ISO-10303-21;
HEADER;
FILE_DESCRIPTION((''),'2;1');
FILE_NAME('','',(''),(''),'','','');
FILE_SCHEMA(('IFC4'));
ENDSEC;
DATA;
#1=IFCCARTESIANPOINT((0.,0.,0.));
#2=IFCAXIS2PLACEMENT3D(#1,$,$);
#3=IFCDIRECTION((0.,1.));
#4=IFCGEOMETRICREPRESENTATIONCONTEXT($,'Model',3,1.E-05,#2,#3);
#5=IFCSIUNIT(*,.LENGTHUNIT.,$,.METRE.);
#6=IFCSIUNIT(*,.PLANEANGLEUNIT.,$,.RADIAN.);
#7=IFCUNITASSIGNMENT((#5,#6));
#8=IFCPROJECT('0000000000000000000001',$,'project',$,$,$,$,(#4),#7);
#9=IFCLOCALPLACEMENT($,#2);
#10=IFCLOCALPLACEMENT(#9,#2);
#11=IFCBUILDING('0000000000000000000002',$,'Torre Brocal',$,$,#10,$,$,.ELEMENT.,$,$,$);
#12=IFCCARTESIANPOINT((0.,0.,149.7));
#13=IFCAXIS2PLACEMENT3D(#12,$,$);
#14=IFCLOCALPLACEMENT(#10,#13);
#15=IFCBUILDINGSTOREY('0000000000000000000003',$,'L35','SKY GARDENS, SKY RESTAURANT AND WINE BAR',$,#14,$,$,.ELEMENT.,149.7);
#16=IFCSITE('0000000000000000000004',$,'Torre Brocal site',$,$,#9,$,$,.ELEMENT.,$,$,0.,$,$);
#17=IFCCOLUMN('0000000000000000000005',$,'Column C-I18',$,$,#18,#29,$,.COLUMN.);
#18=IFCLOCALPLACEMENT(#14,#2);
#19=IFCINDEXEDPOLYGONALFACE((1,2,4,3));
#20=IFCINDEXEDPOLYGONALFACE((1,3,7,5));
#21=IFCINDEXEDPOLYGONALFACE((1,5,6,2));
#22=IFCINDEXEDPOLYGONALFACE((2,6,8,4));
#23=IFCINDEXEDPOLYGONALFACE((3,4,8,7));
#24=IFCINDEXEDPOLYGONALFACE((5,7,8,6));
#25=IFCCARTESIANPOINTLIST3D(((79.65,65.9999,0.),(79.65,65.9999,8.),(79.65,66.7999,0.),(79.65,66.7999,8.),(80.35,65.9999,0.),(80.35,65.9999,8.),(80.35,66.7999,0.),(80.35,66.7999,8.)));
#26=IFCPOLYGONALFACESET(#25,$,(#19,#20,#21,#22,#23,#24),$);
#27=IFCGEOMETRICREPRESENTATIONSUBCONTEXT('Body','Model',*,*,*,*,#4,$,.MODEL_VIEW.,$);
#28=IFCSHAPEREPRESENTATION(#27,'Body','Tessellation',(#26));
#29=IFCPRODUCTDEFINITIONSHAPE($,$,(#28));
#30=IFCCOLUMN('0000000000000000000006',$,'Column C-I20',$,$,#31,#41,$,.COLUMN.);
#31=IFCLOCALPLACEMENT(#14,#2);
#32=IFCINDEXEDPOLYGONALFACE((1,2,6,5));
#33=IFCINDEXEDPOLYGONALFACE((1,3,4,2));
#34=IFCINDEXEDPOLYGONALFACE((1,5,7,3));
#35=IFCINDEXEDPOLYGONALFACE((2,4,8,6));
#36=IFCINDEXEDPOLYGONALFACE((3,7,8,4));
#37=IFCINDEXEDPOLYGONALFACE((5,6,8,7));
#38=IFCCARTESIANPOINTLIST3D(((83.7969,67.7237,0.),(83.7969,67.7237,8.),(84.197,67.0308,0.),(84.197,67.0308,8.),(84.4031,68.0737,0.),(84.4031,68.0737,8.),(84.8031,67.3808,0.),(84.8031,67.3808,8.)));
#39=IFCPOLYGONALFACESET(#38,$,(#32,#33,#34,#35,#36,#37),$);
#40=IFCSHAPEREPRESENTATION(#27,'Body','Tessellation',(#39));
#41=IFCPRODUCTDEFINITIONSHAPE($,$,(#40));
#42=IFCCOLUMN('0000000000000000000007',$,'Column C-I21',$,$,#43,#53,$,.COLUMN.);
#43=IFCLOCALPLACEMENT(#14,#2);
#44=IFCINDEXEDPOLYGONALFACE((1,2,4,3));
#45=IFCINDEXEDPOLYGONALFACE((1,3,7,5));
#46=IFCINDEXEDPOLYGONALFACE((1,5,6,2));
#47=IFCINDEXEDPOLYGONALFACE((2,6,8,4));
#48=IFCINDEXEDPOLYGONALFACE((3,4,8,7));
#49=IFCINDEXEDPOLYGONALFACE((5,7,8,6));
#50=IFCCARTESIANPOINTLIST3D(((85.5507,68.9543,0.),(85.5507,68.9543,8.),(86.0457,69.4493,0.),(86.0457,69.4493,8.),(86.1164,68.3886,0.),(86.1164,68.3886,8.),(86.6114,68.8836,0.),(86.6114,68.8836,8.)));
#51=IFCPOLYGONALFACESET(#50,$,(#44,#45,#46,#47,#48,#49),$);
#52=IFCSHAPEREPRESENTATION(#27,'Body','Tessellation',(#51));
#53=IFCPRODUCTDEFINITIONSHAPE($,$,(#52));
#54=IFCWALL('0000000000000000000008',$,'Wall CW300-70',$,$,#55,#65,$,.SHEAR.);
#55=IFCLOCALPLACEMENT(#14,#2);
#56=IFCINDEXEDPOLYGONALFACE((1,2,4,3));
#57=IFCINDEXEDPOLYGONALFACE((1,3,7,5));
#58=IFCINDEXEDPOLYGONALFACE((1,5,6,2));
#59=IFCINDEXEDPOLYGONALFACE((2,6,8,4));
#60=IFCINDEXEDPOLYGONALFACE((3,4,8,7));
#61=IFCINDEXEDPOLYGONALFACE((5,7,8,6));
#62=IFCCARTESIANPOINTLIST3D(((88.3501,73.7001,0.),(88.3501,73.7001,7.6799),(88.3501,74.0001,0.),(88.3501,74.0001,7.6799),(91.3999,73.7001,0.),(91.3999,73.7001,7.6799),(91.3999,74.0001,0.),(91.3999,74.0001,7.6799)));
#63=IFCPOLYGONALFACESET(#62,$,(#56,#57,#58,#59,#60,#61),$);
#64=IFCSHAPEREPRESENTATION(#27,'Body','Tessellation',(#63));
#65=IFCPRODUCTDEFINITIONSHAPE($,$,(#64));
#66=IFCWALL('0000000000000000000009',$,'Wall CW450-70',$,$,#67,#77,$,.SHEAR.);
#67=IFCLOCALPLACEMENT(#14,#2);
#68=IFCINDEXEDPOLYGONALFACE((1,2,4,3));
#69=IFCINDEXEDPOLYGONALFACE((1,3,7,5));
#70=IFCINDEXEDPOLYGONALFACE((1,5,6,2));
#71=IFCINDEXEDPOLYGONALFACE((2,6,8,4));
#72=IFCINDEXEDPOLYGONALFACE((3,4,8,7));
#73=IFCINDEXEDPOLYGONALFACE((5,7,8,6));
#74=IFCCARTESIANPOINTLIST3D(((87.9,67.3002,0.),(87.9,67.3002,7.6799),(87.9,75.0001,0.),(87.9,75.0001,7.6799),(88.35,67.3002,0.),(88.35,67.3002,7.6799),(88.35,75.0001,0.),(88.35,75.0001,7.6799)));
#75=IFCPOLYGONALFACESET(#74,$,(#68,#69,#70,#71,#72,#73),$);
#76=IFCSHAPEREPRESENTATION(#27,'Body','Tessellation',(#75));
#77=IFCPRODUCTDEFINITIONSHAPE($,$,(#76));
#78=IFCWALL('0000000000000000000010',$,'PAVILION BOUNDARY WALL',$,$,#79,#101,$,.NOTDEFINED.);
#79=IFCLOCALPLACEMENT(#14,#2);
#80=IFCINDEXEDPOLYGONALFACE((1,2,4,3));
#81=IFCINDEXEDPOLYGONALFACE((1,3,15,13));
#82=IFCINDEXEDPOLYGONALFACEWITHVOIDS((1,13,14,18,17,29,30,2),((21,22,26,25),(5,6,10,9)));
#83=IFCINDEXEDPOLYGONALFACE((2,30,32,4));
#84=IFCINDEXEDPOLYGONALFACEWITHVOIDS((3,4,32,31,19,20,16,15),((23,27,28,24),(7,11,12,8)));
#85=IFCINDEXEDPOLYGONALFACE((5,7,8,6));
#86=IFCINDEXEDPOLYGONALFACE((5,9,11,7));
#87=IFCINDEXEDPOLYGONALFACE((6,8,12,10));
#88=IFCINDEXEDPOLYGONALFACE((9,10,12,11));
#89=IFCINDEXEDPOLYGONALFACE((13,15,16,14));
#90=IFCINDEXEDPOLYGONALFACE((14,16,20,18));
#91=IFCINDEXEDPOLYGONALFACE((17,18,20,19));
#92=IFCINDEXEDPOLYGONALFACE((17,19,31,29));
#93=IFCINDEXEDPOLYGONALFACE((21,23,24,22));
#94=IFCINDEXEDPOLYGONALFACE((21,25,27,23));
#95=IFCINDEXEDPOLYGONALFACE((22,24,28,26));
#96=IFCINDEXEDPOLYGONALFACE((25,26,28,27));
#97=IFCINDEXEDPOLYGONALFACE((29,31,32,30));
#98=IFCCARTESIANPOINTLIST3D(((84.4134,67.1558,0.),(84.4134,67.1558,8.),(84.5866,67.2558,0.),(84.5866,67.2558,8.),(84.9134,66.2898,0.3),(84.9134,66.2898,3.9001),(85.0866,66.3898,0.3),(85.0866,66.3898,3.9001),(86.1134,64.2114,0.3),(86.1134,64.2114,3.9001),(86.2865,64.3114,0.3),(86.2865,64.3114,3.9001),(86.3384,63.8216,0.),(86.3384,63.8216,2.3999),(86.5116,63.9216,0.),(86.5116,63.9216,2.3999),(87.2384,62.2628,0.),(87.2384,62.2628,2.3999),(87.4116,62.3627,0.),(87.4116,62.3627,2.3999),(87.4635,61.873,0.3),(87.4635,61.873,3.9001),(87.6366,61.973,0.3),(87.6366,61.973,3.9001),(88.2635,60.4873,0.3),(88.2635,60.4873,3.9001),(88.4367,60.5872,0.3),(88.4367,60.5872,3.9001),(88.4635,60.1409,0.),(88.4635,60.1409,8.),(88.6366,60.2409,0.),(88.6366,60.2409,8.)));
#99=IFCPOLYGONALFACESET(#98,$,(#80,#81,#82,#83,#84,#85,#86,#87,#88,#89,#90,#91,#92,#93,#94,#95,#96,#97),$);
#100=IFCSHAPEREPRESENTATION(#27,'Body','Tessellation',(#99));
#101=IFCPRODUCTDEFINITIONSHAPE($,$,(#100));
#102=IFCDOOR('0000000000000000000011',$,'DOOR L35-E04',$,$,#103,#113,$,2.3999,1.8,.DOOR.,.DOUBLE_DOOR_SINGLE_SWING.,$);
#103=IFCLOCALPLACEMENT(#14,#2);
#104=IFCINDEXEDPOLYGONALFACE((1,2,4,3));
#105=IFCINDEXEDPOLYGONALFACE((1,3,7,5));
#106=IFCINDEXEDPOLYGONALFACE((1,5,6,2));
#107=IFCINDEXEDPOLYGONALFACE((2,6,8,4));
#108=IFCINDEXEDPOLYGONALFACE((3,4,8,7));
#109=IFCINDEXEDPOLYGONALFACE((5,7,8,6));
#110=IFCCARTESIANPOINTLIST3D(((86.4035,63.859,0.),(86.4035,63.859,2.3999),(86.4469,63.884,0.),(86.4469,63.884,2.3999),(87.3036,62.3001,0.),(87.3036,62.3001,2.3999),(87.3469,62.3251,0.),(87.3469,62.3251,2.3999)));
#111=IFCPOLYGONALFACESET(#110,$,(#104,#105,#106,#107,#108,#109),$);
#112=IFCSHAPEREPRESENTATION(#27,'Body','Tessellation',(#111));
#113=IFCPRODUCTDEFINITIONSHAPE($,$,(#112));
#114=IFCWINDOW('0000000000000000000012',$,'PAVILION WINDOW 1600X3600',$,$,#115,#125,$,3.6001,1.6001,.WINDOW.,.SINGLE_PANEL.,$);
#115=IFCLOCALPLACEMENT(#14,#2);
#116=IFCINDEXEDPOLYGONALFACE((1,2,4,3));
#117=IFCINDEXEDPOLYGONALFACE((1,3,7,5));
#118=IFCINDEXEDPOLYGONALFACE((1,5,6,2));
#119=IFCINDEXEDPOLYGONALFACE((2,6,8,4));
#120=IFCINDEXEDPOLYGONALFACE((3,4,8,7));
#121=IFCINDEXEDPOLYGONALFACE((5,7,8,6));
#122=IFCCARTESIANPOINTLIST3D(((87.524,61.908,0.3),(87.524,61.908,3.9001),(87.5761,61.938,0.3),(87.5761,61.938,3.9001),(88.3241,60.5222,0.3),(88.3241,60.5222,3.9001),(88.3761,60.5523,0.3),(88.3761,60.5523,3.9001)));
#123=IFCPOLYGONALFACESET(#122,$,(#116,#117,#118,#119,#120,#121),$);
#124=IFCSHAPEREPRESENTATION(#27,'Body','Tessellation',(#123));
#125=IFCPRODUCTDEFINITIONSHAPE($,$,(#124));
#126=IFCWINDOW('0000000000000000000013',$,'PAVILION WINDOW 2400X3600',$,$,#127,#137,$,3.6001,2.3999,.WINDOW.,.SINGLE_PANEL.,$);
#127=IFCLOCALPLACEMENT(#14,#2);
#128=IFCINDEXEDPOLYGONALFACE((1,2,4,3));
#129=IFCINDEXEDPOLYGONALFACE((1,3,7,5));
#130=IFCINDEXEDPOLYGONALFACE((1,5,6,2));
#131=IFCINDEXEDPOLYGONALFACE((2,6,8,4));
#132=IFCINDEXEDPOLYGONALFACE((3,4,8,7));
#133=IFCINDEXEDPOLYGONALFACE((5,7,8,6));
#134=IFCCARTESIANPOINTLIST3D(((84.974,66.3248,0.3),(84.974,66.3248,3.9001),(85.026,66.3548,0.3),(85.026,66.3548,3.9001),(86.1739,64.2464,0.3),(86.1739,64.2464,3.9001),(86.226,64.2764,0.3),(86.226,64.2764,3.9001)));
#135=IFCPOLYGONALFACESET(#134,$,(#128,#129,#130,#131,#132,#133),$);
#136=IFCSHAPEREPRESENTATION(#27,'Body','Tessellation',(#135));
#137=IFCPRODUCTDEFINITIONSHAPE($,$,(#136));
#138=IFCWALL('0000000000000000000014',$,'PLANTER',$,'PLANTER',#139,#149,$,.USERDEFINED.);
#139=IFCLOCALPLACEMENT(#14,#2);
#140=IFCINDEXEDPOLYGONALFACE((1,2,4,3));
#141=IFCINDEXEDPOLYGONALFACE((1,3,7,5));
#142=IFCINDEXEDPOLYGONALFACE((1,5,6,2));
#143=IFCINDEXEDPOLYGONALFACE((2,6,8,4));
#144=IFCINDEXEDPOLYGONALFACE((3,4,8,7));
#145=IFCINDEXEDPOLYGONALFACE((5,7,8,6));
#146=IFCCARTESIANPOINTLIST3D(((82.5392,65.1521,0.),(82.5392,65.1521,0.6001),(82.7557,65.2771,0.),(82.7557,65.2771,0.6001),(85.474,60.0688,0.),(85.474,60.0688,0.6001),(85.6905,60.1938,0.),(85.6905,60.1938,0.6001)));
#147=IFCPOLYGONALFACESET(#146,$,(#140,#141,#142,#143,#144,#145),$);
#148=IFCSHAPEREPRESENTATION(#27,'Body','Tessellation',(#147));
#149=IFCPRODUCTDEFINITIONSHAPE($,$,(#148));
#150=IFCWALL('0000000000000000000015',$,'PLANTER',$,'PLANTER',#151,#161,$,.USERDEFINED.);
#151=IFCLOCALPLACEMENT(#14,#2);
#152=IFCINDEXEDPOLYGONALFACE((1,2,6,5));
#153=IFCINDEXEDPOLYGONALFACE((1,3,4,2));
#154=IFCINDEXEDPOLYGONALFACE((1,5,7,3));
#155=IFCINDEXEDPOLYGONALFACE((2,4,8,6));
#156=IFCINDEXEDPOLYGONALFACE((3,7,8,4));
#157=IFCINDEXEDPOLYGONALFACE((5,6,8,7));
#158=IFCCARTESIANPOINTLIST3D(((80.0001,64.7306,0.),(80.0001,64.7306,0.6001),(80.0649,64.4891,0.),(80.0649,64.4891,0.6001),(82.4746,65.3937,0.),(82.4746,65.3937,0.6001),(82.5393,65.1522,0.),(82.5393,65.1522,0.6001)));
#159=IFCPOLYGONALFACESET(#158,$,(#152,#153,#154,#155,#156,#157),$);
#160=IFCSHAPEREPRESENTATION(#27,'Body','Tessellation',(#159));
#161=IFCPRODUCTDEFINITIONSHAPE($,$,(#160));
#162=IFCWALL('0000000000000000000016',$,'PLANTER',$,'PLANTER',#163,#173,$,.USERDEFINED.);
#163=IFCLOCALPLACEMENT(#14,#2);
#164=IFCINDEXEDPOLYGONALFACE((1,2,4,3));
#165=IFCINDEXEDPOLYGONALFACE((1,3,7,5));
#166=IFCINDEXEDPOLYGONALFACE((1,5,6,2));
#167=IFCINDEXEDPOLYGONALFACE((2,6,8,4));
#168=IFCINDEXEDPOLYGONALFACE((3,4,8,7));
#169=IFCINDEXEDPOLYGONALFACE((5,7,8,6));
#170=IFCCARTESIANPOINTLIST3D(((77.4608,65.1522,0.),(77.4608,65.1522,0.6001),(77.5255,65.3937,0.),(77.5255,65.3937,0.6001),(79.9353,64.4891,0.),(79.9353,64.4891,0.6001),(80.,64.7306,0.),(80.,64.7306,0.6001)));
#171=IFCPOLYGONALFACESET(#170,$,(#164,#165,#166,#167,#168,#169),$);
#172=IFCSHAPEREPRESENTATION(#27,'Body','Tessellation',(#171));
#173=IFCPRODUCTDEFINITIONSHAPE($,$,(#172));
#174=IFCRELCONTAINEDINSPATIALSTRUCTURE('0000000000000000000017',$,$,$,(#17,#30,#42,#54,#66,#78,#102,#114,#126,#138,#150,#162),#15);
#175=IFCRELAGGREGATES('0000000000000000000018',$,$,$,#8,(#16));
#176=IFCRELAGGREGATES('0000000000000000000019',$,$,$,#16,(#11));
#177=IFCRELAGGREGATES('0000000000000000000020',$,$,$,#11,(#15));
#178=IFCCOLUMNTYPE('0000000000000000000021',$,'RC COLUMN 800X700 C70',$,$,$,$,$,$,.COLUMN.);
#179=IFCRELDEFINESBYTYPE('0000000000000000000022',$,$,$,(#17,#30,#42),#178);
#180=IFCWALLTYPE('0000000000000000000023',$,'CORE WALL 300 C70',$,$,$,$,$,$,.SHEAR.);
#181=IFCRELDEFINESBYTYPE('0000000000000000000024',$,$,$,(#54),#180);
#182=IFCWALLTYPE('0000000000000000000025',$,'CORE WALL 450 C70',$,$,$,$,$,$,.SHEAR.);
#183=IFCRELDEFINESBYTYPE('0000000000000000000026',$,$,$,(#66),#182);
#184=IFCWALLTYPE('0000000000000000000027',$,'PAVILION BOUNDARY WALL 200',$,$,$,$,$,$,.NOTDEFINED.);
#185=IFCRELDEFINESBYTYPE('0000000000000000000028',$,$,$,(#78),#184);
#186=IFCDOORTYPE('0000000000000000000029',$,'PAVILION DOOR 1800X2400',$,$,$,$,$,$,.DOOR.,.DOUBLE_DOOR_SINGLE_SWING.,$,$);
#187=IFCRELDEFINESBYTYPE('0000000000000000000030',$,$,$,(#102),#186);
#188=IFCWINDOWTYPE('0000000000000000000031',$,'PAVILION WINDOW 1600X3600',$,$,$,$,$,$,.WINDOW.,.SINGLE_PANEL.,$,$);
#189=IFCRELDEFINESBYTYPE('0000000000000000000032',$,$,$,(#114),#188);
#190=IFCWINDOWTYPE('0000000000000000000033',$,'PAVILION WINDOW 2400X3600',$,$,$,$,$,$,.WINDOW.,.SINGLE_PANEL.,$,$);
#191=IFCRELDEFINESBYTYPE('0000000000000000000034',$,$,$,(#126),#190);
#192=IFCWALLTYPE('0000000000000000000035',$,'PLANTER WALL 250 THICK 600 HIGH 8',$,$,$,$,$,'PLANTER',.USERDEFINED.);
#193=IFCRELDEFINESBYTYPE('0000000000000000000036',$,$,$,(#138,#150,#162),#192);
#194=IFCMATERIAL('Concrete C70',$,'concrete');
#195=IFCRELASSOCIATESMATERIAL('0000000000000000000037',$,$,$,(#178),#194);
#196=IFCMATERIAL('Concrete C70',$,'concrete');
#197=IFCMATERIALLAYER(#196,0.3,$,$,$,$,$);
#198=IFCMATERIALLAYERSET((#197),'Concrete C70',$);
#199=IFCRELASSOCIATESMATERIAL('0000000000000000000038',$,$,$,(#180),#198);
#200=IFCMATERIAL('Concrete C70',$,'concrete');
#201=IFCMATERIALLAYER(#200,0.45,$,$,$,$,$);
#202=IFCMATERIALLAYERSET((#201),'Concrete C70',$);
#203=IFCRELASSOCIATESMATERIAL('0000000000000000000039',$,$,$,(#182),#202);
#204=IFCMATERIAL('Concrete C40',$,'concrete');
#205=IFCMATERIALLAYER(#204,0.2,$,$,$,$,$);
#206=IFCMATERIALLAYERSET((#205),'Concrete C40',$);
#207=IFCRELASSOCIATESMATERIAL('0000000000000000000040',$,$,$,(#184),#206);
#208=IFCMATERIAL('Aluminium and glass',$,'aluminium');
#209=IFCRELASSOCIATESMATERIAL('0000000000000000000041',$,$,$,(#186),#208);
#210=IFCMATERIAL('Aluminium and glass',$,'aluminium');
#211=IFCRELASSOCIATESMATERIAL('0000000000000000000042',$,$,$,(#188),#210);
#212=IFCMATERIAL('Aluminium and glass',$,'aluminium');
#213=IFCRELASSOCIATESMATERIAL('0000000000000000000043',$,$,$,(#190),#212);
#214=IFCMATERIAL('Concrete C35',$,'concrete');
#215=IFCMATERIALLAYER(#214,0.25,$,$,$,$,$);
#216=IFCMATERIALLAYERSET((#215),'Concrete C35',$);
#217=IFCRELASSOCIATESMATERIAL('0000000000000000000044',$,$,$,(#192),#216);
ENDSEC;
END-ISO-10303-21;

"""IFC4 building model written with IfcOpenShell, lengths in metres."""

from ifc_helpers import new_model, si_unit, direction, frame, frame_2d, origin, origin_2d, place, context, subcontext, project, spatial, rectangle, extrude, material, layer, layer_set, material_profile, profile_set, type_object, element, fill, save


model = new_model("IFC4")

# Units and contexts
model_context = context("Model", 3, precision=1e-05, world=origin(), true_north=direction((0.0, 1.0)))
body_context = subcontext(model_context, "Body", "Model", "MODEL_VIEW")
ifc_project = project(units=[si_unit("LENGTHUNIT", "METRE"), si_unit("PLANEANGLEUNIT", "RADIAN")], contexts=[model_context])

# Site, building, storey
site_placement = place(None, origin())
site = spatial("IfcSite", under=ifc_project, at=site_placement, Name="Torre Brocal site", CompositionType="ELEMENT", RefElevation=0.0)
building_placement = place(site_placement, origin())
building = spatial("IfcBuilding", under=site, at=building_placement, Name="Torre Brocal", CompositionType="ELEMENT")
storey_placement = place(building_placement, frame((0.0, 0.0, 149.7)))
storey = spatial("IfcBuildingStorey", under=building, at=storey_placement, Name="L35", Description="SKY GARDENS, SKY RESTAURANT AND WINE BAR", CompositionType="ELEMENT", Elevation=149.7)

# Columns
ifc_material_1 = material(Name="Concrete C70", Category="concrete")
ifc_material_profile = material_profile(ifc_material_1, rectangle(XDim=0.8, YDim=0.7, at=origin_2d()), Name="RC 800X700")
ifc_profile_set = profile_set([ifc_material_profile], Name="Concrete C70")
column_type = type_object("IfcColumnType", Name="RC COLUMN 800X700 C70", PredefinedType="COLUMN", material=ifc_profile_set)
for number, where, z_axis, x_axis, name in (
    (1, (80.0, 66.3999, 0.0), (0.0, 0.0, 1.0), (0.0, -1.0, 0.0), "Column C-I18"),
    (2, (84.3, 67.5522, 0.0), (0.0, 0.0, 1.0), (0.5, -0.866025, 0.0), "Column C-I20"),
    (3, (86.0811, 68.9189, 0.0), (0.0, 0.0, 1.0), (0.707107, -0.707107, 0.0), "Column C-I21"),
):
    element("IfcColumn", number, at=place(storey_placement, frame(where, z_axis=z_axis, x_axis=x_axis)), inside=storey, type_object=column_type, Name=name, PredefinedType="COLUMN", context=body_context, shape_type="SweptSolid", body=[
        extrude(rectangle(XDim=0.8, YDim=0.7, at=origin_2d()), origin(), (0.0, 0.0, 1.0), 8.0),
    ])

# Walls
ifc_material_2 = material(Name="Concrete C70", Category="concrete")
ifc_layer_1 = layer(ifc_material_2, 0.3)
ifc_layer_set_1 = layer_set([ifc_layer_1], Name="Concrete C70")
wall_type_1 = type_object("IfcWallType", Name="CORE WALL 300 C70", PredefinedType="SHEAR", material=ifc_layer_set_1)
wall_1_placement = place(storey_placement, frame((88.3501, 73.8501, 0.0), z_axis=(0.0, 0.0, 1.0), x_axis=(1.0, 0.0, 0.0)))
element("IfcWall", 4, at=wall_1_placement, inside=storey, type_object=wall_type_1, Name="Wall CW300-70", PredefinedType="SHEAR", context=body_context, shape_type="SweptSolid", body=[
    extrude(rectangle(XDim=3.0498, YDim=0.3, at=frame_2d((1.5249, 0.0))), origin(), (0.0, 0.0, 1.0), 7.6799),
])
ifc_material_3 = material(Name="Concrete C70", Category="concrete")
ifc_layer_2 = layer(ifc_material_3, 0.45)
ifc_layer_set_2 = layer_set([ifc_layer_2], Name="Concrete C70")
wall_type_2 = type_object("IfcWallType", Name="CORE WALL 450 C70", PredefinedType="SHEAR", material=ifc_layer_set_2)
wall_2_placement = place(storey_placement, frame((88.125, 67.3, 0.0), z_axis=(0.0, 0.0, 1.0), x_axis=(0.0, 1.0, 0.0)))
element("IfcWall", 5, at=wall_2_placement, inside=storey, type_object=wall_type_2, Name="Wall CW450-70", PredefinedType="SHEAR", context=body_context, shape_type="SweptSolid", body=[
    extrude(rectangle(XDim=7.7, YDim=0.45, at=frame_2d((3.8501, 0.0))), origin(), (0.0, 0.0, 1.0), 7.6799),
])

# Wall, openings, door, windows
ifc_material_4 = material(Name="Concrete C40", Category="concrete")
ifc_layer_3 = layer(ifc_material_4, 0.2)
ifc_layer_set_3 = layer_set([ifc_layer_3], Name="Concrete C40")
wall_type_3 = type_object("IfcWallType", Name="PAVILION BOUNDARY WALL 200", PredefinedType="NOTDEFINED", material=ifc_layer_set_3)
wall_3_placement = place(storey_placement, frame((84.5, 67.2058, 0.0), z_axis=(0.0, 0.0, 1.0), x_axis=(0.5, -0.866025, 0.0)))
wall_3 = element("IfcWall", 6, at=wall_3_placement, inside=storey, type_object=wall_type_3, Name="PAVILION BOUNDARY WALL", PredefinedType="NOTDEFINED", context=body_context, shape_type="SweptSolid", body=[
    extrude(rectangle(XDim=8.1001, YDim=0.2, at=frame_2d((4.05, 0.0))), origin(), (0.0, 0.0, 1.0), 8.0),
])
opening_1_placement = place(wall_3_placement, frame((1.0, 0.0, 0.3)))
opening_1 = element("IfcOpeningElement", 7, at=opening_1_placement, cuts=wall_3, PredefinedType="OPENING", context=body_context, shape_type="SweptSolid", body=[
    extrude(rectangle(XDim=2.3999, YDim=3.6001, at=frame_2d((1.2, 1.8))), frame((0.0, 0.1099, 0.0), z_axis=(0.0, -1.0, 0.0), x_axis=(1.0, 0.0, 0.0)), (0.0, 0.0, 1.0), 0.22),
])
opening_2_placement = place(wall_3_placement, frame((3.8501, 0.0, 0.0)))
opening_2 = element("IfcOpeningElement", 8, at=opening_2_placement, cuts=wall_3, PredefinedType="OPENING", context=body_context, shape_type="SweptSolid", body=[
    extrude(rectangle(XDim=1.8, YDim=2.3999, at=frame_2d((0.8999, 1.2))), frame((0.0, 0.1099, 0.0), z_axis=(0.0, -1.0, 0.0), x_axis=(1.0, 0.0, 0.0)), (0.0, 0.0, 1.0), 0.22),
])
opening_3_placement = place(wall_3_placement, frame((6.1001, 0.0, 0.3)))
opening_3 = element("IfcOpeningElement", 9, at=opening_3_placement, cuts=wall_3, PredefinedType="OPENING", context=body_context, shape_type="SweptSolid", body=[
    extrude(rectangle(XDim=1.6001, YDim=3.6001, at=frame_2d((0.8, 1.8))), frame((0.0, 0.1099, 0.0), z_axis=(0.0, -1.0, 0.0), x_axis=(1.0, 0.0, 0.0)), (0.0, 0.0, 1.0), 0.22),
])
ifc_material_5 = material(Name="Aluminium and glass", Category="aluminium")
door_type_1 = type_object("IfcDoorType", Name="PAVILION DOOR 1800X2400", OperationType="DOUBLE_DOOR_SINGLE_SWING", PredefinedType="DOOR", material=ifc_material_5)
door_1_placement = place(opening_2_placement, frame((1.8, 0.0, 0.0), z_axis=(0.0, 0.0, 1.0), x_axis=(-1.0, 0.0, 0.0)))
door_1 = element("IfcDoor", 10, at=door_1_placement, inside=storey, type_object=door_type_1, Name="DOOR L35-E04", OperationType="DOUBLE_DOOR_SINGLE_SWING", OverallHeight=2.3999, OverallWidth=1.8, PredefinedType="DOOR", context=body_context, shape_type="SweptSolid", body=[
    extrude(rectangle(XDim=1.8, YDim=2.3999, at=frame_2d((0.8999, 1.2))), frame((0.0, 0.0249, 0.0), z_axis=(0.0, -1.0, 0.0), x_axis=(1.0, 0.0, 0.0)), (0.0, 0.0, 1.0), 0.05),
])
fill(opening_2, door_1)
ifc_material_6 = material(Name="Aluminium and glass", Category="aluminium")
window_type_1 = type_object("IfcWindowType", Name="PAVILION WINDOW 1600X3600", PartitioningType="SINGLE_PANEL", PredefinedType="WINDOW", material=ifc_material_6)
window_1_placement = place(opening_3_placement, origin())
window_1 = element("IfcWindow", 11, at=window_1_placement, inside=storey, type_object=window_type_1, Name="PAVILION WINDOW 1600X3600", OverallHeight=3.6001, OverallWidth=1.6001, PartitioningType="SINGLE_PANEL", PredefinedType="WINDOW", context=body_context, shape_type="SweptSolid", body=[
    extrude(rectangle(XDim=1.6001, YDim=3.6001, at=frame_2d((0.8, 1.8))), frame((0.0, 0.03, 0.0), z_axis=(0.0, -1.0, 0.0), x_axis=(1.0, 0.0, 0.0)), (0.0, 0.0, 1.0), 0.0601),
])
fill(opening_3, window_1)
ifc_material_7 = material(Name="Aluminium and glass", Category="aluminium")
window_type_2 = type_object("IfcWindowType", Name="PAVILION WINDOW 2400X3600", PartitioningType="SINGLE_PANEL", PredefinedType="WINDOW", material=ifc_material_7)
window_2_placement = place(opening_1_placement, origin())
window_2 = element("IfcWindow", 12, at=window_2_placement, inside=storey, type_object=window_type_2, Name="PAVILION WINDOW 2400X3600", OverallHeight=3.6001, OverallWidth=2.3999, PartitioningType="SINGLE_PANEL", PredefinedType="WINDOW", context=body_context, shape_type="SweptSolid", body=[
    extrude(rectangle(XDim=2.3999, YDim=3.6001, at=frame_2d((1.2, 1.8))), frame((0.0, 0.03, 0.0), z_axis=(0.0, -1.0, 0.0), x_axis=(1.0, 0.0, 0.0)), (0.0, 0.0, 1.0), 0.0601),
])
fill(opening_1, window_2)

# Walls
ifc_material_8 = material(Name="Concrete C35", Category="concrete")
ifc_layer_4 = layer(ifc_material_8, 0.25)
ifc_layer_set_4 = layer_set([ifc_layer_4], Name="Concrete C35")
wall_type_4 = type_object("IfcWallType", Name="PLANTER WALL 250 THICK 600 HIGH 8", ElementType="PLANTER", PredefinedType="USERDEFINED", material=ifc_layer_set_4)
wall_4_placement = place(storey_placement, frame((85.5823, 60.1313, 0.0), z_axis=(0.0, 0.0, 1.0), x_axis=(-0.5, 0.866026, 0.0)))
element("IfcWall", 13, at=wall_4_placement, inside=storey, type_object=wall_type_4, Name="PLANTER", ObjectType="PLANTER", PredefinedType="USERDEFINED", context=body_context, shape_type="SweptSolid", body=[
    extrude(rectangle(XDim=5.8696, YDim=0.25, at=frame_2d((2.9348, 0.0))), origin(), (0.0, 0.0, 1.0), 0.6001),
])
for number, where, z_axis, x_axis, name in (
    (14, (82.5068, 65.2729, 0.0), (0.0, 0.0, 1.0), (-0.965918, -0.258849, 0.0), "PLANTER"),
    (15, (79.9675, 64.6099, 0.0), (0.0, 0.0, 1.0), (-0.965918, 0.258849, 0.0), "PLANTER"),
):
    element("IfcWall", number, at=place(storey_placement, frame(where, z_axis=z_axis, x_axis=x_axis)), inside=storey, type_object=wall_type_4, Name=name, ObjectType="PLANTER", PredefinedType="USERDEFINED", context=body_context, shape_type="SweptSolid", body=[
        extrude(rectangle(XDim=2.5618, YDim=0.25, at=frame_2d((1.2808, 0.0))), origin(), (0.0, 0.0, 1.0), 0.6001),
    ])

save(model, "model.ifc")
